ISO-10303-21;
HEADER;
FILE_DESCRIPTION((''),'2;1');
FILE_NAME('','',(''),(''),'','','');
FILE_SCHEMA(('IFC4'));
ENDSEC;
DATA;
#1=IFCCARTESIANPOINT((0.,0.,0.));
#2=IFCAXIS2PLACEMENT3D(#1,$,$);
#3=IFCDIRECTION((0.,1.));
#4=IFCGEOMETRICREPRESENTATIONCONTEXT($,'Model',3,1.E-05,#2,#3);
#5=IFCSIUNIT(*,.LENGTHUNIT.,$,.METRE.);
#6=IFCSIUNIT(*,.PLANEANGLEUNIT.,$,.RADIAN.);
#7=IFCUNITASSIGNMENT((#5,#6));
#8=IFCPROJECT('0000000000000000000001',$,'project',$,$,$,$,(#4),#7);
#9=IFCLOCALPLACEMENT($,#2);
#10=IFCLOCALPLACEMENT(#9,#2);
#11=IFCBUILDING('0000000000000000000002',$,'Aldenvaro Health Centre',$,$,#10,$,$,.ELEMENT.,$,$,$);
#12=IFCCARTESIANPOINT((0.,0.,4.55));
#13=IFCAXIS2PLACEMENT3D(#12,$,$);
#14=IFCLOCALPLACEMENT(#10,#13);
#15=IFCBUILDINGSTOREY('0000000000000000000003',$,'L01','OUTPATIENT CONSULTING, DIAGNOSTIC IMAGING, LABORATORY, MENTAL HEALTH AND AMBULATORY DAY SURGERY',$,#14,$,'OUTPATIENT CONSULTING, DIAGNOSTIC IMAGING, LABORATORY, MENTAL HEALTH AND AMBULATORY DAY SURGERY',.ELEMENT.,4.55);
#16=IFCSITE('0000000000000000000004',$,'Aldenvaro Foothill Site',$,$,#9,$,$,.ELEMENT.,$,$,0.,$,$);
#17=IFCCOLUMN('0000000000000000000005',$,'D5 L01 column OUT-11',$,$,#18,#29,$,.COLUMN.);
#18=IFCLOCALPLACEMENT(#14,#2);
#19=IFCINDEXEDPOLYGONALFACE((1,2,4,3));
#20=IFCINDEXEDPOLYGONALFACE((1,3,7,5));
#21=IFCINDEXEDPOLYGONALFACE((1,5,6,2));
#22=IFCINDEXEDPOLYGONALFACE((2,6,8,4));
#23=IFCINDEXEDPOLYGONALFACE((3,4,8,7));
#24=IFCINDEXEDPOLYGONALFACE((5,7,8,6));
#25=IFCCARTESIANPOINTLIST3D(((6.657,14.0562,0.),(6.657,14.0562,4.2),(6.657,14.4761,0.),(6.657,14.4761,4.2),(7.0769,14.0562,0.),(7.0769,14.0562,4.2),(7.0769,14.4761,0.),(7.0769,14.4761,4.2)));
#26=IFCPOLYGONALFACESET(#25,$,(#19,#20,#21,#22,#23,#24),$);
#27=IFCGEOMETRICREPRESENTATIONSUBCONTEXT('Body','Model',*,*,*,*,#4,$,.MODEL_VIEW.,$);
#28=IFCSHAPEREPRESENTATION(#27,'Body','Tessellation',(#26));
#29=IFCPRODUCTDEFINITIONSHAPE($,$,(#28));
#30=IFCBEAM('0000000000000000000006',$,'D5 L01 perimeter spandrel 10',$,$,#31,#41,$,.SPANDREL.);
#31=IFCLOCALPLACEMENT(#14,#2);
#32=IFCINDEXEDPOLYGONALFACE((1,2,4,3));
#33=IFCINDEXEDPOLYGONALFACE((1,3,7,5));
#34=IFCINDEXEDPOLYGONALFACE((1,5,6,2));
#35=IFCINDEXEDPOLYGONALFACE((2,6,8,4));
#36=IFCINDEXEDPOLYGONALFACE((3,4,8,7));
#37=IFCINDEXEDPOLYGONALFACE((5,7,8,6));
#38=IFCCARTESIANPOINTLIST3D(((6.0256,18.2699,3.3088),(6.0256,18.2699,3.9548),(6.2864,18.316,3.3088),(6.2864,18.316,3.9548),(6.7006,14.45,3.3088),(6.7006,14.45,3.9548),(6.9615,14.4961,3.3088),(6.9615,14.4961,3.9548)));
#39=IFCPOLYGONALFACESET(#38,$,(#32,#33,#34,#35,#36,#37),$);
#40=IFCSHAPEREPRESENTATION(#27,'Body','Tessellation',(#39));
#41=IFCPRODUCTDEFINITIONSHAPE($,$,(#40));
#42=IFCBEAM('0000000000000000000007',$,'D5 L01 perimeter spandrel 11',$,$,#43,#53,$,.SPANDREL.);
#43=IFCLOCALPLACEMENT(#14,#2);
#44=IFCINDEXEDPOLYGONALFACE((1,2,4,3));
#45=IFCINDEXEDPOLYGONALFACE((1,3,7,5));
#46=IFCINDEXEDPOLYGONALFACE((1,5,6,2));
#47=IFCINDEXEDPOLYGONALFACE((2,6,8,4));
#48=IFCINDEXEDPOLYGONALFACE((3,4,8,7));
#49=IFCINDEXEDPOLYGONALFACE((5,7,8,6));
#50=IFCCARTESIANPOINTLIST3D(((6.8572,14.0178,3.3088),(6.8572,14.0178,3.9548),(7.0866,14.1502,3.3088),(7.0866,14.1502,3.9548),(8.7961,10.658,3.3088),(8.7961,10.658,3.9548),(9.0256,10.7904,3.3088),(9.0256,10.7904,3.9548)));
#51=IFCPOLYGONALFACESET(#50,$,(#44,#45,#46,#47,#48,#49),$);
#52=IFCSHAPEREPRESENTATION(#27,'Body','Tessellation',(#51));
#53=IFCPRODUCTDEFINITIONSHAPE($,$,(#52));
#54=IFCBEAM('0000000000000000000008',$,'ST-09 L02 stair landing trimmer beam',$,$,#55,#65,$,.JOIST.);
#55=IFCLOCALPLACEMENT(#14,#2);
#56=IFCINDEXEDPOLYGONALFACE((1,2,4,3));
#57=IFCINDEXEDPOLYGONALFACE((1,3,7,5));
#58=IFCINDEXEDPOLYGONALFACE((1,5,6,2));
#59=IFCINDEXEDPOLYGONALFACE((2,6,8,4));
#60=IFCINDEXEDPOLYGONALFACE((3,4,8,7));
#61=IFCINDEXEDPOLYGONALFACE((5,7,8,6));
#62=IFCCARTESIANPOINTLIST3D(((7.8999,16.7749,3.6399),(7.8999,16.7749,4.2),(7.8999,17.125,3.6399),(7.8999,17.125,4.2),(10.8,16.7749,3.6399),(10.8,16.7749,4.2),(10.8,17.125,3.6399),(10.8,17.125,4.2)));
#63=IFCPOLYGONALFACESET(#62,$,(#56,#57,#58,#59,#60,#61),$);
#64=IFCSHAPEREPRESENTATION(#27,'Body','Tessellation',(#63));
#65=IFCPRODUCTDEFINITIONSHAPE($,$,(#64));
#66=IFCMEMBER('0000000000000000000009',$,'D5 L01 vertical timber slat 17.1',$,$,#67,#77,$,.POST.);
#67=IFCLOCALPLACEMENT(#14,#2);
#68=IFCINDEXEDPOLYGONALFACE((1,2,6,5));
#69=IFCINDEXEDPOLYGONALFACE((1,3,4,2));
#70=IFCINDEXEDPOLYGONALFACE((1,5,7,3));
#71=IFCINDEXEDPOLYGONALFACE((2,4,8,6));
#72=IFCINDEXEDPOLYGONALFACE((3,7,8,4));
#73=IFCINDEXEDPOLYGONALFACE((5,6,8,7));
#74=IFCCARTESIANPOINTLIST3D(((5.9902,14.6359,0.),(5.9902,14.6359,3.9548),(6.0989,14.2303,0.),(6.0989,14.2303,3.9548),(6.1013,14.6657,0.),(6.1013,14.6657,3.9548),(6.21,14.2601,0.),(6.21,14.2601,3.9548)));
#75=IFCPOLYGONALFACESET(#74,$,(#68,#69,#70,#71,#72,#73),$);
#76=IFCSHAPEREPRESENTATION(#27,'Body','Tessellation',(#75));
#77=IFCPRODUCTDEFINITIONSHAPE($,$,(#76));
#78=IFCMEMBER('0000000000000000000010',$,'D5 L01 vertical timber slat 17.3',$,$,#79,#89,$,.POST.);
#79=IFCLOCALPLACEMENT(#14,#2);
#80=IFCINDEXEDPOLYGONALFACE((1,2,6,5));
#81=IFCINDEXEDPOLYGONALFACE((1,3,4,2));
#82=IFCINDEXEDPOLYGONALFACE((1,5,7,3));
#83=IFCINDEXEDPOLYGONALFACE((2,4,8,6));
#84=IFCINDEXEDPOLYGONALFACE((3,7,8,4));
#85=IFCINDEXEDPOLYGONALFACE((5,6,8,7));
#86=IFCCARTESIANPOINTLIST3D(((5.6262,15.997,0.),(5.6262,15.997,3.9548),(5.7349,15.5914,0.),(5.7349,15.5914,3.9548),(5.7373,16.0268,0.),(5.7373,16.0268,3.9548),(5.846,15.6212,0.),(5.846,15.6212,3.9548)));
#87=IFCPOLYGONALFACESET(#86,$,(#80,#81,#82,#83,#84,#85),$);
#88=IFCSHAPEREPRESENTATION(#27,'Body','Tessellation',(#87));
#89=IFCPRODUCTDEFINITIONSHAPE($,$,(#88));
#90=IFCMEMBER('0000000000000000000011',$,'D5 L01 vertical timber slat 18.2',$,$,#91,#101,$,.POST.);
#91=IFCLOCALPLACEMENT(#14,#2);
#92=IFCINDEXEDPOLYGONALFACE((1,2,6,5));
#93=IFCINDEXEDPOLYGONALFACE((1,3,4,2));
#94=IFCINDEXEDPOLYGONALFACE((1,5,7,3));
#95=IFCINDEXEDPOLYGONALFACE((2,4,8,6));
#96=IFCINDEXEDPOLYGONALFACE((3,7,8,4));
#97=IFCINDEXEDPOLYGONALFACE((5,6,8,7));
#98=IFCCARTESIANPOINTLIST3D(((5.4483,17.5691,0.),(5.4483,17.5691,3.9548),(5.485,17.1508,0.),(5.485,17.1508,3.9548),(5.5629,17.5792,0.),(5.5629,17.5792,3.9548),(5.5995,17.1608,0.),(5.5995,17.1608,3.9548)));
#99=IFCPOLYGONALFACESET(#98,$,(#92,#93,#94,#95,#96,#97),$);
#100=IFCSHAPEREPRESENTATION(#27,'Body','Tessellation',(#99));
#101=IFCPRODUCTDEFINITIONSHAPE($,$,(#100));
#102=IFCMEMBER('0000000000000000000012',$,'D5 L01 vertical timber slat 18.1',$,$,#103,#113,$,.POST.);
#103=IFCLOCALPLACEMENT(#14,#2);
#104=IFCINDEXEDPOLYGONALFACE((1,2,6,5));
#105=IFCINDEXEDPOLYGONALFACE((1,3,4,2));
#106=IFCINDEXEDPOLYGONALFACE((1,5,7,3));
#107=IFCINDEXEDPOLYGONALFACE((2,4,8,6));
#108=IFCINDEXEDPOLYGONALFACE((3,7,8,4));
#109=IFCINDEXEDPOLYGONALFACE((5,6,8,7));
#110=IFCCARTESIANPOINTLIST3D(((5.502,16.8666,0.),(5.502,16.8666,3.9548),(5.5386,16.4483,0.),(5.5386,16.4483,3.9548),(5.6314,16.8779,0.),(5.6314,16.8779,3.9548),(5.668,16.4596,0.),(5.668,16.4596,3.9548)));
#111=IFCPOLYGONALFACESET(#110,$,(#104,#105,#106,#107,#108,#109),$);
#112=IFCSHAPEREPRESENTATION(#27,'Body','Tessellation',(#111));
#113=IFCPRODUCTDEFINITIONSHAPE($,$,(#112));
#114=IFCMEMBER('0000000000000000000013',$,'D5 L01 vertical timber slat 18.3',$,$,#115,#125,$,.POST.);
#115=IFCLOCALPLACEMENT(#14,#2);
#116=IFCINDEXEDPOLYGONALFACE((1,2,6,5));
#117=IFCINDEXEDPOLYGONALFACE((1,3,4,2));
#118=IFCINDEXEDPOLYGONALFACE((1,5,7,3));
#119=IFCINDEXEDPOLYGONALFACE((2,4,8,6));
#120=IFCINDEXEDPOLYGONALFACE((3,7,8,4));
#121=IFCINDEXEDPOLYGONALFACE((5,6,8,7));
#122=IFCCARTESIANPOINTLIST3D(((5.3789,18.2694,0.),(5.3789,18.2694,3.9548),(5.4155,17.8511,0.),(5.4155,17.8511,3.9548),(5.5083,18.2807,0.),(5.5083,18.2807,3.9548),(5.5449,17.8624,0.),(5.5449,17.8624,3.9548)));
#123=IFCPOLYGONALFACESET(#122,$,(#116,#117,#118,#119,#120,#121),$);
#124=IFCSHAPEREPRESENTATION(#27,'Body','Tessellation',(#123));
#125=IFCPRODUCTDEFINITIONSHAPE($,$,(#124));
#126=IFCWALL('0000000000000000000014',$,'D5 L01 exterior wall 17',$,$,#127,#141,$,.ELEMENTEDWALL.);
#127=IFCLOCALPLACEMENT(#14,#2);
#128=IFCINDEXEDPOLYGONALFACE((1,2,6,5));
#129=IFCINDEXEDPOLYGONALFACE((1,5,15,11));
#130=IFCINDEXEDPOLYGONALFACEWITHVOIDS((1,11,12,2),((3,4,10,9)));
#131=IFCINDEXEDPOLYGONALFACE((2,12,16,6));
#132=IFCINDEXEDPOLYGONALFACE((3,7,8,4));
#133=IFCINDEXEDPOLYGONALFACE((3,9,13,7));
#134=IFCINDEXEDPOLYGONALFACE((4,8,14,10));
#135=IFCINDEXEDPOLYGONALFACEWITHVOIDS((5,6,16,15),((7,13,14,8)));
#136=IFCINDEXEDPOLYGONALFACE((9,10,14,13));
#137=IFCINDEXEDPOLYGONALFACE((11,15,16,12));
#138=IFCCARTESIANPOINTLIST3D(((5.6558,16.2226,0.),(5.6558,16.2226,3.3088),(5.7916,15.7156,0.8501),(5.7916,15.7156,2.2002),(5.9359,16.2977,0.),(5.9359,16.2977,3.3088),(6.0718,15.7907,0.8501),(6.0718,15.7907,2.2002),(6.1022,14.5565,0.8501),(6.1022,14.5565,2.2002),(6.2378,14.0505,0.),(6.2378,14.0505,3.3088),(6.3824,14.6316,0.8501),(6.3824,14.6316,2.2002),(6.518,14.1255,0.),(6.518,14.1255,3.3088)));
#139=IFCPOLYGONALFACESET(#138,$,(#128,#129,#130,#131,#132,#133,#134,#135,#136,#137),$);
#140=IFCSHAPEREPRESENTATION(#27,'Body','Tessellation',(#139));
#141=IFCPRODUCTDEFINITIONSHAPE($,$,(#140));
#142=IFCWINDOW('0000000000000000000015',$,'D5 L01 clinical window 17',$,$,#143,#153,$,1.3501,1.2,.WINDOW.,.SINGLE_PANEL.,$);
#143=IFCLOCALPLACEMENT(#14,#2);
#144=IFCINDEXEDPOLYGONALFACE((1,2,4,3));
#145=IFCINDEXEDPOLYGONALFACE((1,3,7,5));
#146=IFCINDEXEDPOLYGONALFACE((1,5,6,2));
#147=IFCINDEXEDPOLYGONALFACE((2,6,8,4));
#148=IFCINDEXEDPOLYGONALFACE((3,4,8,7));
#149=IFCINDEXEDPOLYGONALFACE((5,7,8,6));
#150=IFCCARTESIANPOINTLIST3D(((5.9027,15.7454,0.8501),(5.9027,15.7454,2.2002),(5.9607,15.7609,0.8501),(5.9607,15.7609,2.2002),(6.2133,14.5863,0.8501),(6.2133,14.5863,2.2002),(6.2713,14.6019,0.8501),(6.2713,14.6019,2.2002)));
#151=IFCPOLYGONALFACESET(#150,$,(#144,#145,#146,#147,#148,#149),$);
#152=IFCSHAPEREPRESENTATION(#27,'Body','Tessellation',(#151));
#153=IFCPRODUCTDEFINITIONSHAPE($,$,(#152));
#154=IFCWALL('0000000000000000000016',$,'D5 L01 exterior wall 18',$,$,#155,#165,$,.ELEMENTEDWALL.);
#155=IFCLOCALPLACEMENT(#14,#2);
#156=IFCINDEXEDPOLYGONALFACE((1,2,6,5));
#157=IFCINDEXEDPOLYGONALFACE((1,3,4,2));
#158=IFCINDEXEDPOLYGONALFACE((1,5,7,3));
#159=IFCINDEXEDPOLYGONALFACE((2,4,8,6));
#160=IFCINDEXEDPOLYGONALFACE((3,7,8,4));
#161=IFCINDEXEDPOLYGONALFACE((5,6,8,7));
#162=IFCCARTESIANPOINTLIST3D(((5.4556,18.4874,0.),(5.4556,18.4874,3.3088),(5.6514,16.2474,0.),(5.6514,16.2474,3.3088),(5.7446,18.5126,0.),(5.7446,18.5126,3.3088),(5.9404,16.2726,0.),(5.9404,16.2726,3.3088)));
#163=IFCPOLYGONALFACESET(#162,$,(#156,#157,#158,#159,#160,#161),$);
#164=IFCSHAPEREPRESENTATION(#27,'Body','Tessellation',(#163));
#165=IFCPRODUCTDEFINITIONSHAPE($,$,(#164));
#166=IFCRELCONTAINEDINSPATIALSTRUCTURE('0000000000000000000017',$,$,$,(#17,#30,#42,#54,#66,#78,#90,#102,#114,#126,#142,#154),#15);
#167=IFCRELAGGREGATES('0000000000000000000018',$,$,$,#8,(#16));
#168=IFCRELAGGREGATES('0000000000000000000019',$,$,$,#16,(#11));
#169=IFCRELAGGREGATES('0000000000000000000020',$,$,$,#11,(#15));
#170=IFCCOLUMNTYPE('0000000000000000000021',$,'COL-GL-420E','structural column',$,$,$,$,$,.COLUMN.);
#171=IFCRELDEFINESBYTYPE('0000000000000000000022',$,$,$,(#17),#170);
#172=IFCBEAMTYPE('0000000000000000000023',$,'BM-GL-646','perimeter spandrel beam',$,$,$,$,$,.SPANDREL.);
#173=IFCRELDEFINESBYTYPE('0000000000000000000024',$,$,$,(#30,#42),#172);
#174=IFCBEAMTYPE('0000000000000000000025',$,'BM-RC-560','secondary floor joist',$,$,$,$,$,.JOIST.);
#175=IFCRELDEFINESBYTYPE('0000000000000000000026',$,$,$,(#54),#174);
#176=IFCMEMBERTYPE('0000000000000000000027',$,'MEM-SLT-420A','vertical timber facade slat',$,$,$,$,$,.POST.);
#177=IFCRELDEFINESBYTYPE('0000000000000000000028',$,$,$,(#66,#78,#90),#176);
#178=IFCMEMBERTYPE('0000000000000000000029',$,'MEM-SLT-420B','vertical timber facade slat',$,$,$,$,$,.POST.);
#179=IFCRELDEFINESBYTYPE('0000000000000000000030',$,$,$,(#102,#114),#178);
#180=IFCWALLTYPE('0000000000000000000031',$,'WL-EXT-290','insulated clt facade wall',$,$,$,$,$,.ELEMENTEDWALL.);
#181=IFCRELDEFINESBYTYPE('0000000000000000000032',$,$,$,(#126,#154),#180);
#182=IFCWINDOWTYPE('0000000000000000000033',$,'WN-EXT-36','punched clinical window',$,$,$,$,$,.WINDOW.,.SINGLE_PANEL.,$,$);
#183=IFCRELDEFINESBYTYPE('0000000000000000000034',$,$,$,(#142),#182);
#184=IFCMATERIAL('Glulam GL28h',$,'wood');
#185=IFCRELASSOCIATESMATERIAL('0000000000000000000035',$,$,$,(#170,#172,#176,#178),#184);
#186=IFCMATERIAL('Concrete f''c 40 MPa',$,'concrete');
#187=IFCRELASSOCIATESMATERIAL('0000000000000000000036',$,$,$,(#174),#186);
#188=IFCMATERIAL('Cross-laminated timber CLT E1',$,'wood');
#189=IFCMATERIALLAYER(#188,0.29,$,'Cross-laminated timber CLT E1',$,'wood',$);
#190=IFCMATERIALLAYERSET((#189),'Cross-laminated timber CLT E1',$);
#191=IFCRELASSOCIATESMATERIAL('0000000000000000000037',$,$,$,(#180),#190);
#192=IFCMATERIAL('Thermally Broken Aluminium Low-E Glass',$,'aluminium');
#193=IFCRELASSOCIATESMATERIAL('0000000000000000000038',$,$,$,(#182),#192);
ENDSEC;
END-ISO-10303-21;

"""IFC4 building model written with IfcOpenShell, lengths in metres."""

from ifc_helpers import new_model, si_unit, direction, frame, frame_2d, origin, origin_2d, place, context, subcontext, project, spatial, rectangle, extrude, material, layer, layer_set, material_profile, profile_set, type_object, element, fill, save


model = new_model("IFC4")

# Units and contexts
model_context = context("Model", 3, precision=1e-05, world=origin(), true_north=direction((0.0, 1.0)))
body_context = subcontext(model_context, "Body", "Model", "MODEL_VIEW")
ifc_project = project(units=[si_unit("LENGTHUNIT", "METRE"), si_unit("PLANEANGLEUNIT", "RADIAN")], contexts=[model_context])

# Site, building, storey
site_placement = place(None, origin())
site = spatial("IfcSite", under=ifc_project, at=site_placement, Name="Aldenvaro Foothill Site", CompositionType="ELEMENT", RefElevation=0.0)
building_placement = place(site_placement, origin())
building = spatial("IfcBuilding", under=site, at=building_placement, Name="Aldenvaro Health Centre", CompositionType="ELEMENT")
storey_placement = place(building_placement, frame((0.0, 0.0, 4.55)))
storey = spatial("IfcBuildingStorey", under=building, at=storey_placement, Name="L01", Description="OUTPATIENT CONSULTING, DIAGNOSTIC IMAGING, LABORATORY, MENTAL HEALTH AND AMBULATORY DAY SURGERY", LongName="OUTPATIENT CONSULTING, DIAGNOSTIC IMAGING, LABORATORY, MENTAL HEALTH AND AMBULATORY DAY SURGERY", CompositionType="ELEMENT", Elevation=4.55)

# Column
ifc_material_1 = material(Name="Glulam GL28h", Category="wood")
ifc_material_profile_1 = material_profile(ifc_material_1, rectangle(XDim=0.4199, YDim=0.4199, at=origin_2d()), Name="GL 420x420", Category="wood")
ifc_profile_set_1 = profile_set([ifc_material_profile_1], Name="Glulam GL28h")
column_type = type_object("IfcColumnType", Name="COL-GL-420E", Description="structural column", PredefinedType="COLUMN", material=ifc_profile_set_1)
column_placement = place(storey_placement, frame((6.8669, 14.2661, 0.0), z_axis=(0.0, 0.0, 1.0), x_axis=(1.0, 0.0, 0.0)))
element("IfcColumn", 1, at=column_placement, inside=storey, type_object=column_type, Name="D5 L01 column OUT-11", PredefinedType="COLUMN", context=body_context, shape_type="SweptSolid", body=[
    extrude(rectangle(XDim=0.4199, YDim=0.4199, at=origin_2d()), origin(), (0.0, 0.0, 1.0), 4.2),
])

# Beams
ifc_material_profile_2 = material_profile(ifc_material_1, rectangle(XDim=0.2649, YDim=0.646, at=origin_2d()), Name="GL 265x646", Category="wood")
ifc_profile_set_2 = profile_set([ifc_material_profile_2], Name="Glulam GL28h")
beam_type_1 = type_object("IfcBeamType", Name="BM-GL-646", Description="perimeter spandrel beam", PredefinedType="SPANDREL", material=ifc_profile_set_2)
for number, where, z_axis, x_axis, name in (
    (2, (6.156, 18.293, 3.6318), (0.174015, -0.984743, 0.0), (0.984743, 0.174015, 0.0), "D5 L01 perimeter spandrel 10"),
    (3, (6.9719, 14.084, 3.6318), (0.499835, -0.866121, 0.0), (0.866121, 0.499835, 0.0), "D5 L01 perimeter spandrel 11"),
):
    element("IfcBeam", number, at=place(storey_placement, frame(where, z_axis=z_axis, x_axis=x_axis)), inside=storey, type_object=beam_type_1, Name=name, PredefinedType="SPANDREL", context=body_context, shape_type="SweptSolid", body=[
        extrude(rectangle(XDim=0.2649, YDim=0.646, at=origin_2d()), origin(), (0.0, 0.0, 1.0), 3.8792),
    ])
ifc_material_2 = material(Name="Concrete f'c 40 MPa", Category="concrete")
ifc_material_profile_3 = material_profile(ifc_material_2, rectangle(XDim=0.3501, YDim=0.5601, at=origin_2d()), Name="RC 350x560", Category="concrete")
ifc_profile_set_3 = profile_set([ifc_material_profile_3], Name="Concrete f'c 40 MPa")
beam_type_2 = type_object("IfcBeamType", Name="BM-RC-560", Description="secondary floor joist", PredefinedType="JOIST", material=ifc_profile_set_3)
beam_placement = place(storey_placement, frame((10.8, 16.95, 3.9199), z_axis=(-1.0, 0.0, 0.0), x_axis=(0.0, -1.0, 0.0)))
element("IfcBeam", 4, at=beam_placement, inside=storey, type_object=beam_type_2, Name="ST-09 L02 stair landing trimmer beam", PredefinedType="JOIST", context=body_context, shape_type="SweptSolid", body=[
    extrude(rectangle(XDim=0.3501, YDim=0.5601, at=origin_2d()), origin(), (0.0, 0.0, 1.0), 2.9001),
])

# Members
ifc_material_profile_4 = material_profile(ifc_material_1, rectangle(XDim=0.115, YDim=0.4199, at=origin_2d()), Name="GL 115x420", Category="wood")
ifc_profile_set_4 = profile_set([ifc_material_profile_4], Name="Glulam GL28h")
member_type_1 = type_object("IfcMemberType", Name="MEM-SLT-420A", Description="vertical timber facade slat", PredefinedType="POST", material=ifc_profile_set_4)
for number, where, z_axis, x_axis, name in (
    (5, (6.1001, 14.448, 0.0), (0.0, 0.0, 1.0), (-0.965924, -0.258825, 0.0), "D5 L01 vertical timber slat 17.1"),
    (6, (5.7361, 15.8091, 0.0), (0.0, 0.0, 1.0), (-0.965924, -0.258825, 0.0), "D5 L01 vertical timber slat 17.3"),
    (7, (5.5239, 17.365, 0.0), (0.0, 0.0, 1.0), (-0.996194, -0.087167, 0.0), "D5 L01 vertical timber slat 18.2"),
):
    element("IfcMember", number, at=place(storey_placement, frame(where, z_axis=z_axis, x_axis=x_axis)), inside=storey, type_object=member_type_1, Name=name, PredefinedType="POST", context=body_context, shape_type="SweptSolid", body=[
        extrude(rectangle(XDim=0.115, YDim=0.4199, at=origin_2d()), origin(), (0.0, 0.0, 1.0), 3.9548),
    ])
ifc_material_profile_5 = material_profile(ifc_material_1, rectangle(XDim=0.1299, YDim=0.4199, at=origin_2d()), Name="GL 130x420", Category="wood")
ifc_profile_set_5 = profile_set([ifc_material_profile_5], Name="Glulam GL28h")
member_type_2 = type_object("IfcMemberType", Name="MEM-SLT-420B", Description="vertical timber facade slat", PredefinedType="POST", material=ifc_profile_set_5)
for number, where, z_axis, x_axis, name in (
    (8, (5.585, 16.6631, 0.0), (0.0, 0.0, 1.0), (-0.996194, -0.087167, 0.0), "D5 L01 vertical timber slat 18.1"),
    (9, (5.4619, 18.0659, 0.0), (0.0, 0.0, 1.0), (-0.996194, -0.087167, 0.0), "D5 L01 vertical timber slat 18.3"),
):
    element("IfcMember", number, at=place(storey_placement, frame(where, z_axis=z_axis, x_axis=x_axis)), inside=storey, type_object=member_type_2, Name=name, PredefinedType="POST", context=body_context, shape_type="SweptSolid", body=[
        extrude(rectangle(XDim=0.1299, YDim=0.4199, at=origin_2d()), origin(), (0.0, 0.0, 1.0), 3.9548),
    ])

# Wall, opening, window
ifc_material_3 = material(Name="Cross-laminated timber CLT E1", Category="wood")
ifc_layer_1 = layer(ifc_material_3, 0.29, Name="Cross-laminated timber CLT E1", Category="wood")
ifc_layer_set_1 = layer_set([ifc_layer_1], Name="Cross-laminated timber CLT E1")
wall_type_1 = type_object("IfcWallType", Name="WL-EXT-290", Description="insulated clt facade wall", PredefinedType="ELEMENTEDWALL", material=ifc_layer_set_1)
wall_1_placement = place(storey_placement, frame((6.3779, 14.0879, 0.0), z_axis=(0.0, 0.0, 1.0), x_axis=(-0.258825, 0.965924, 0.0)))
wall_1 = element("IfcWall", 10, at=wall_1_placement, inside=storey, type_object=wall_type_1, Name="D5 L01 exterior wall 17", PredefinedType="ELEMENTEDWALL", context=body_context, shape_type="SweptSolid", body=[
    extrude(rectangle(XDim=2.2488, YDim=0.29, at=frame_2d((1.1245, 0.0))), origin(), (0.0, 0.0, 1.0), 3.3088),
])
opening_1_placement = place(wall_1_placement, frame((0.5239, 0.0, 0.8501)))
opening_1 = element("IfcOpeningElement", 11, at=opening_1_placement, cuts=wall_1, PredefinedType="OPENING", context=body_context, shape_type="SweptSolid", body=[
    extrude(rectangle(XDim=1.2, YDim=1.3501, at=frame_2d((0.6001, 0.675))), frame((0.0, 0.155, 0.0), z_axis=(0.0, -1.0, 0.0), x_axis=(1.0, 0.0, 0.0)), (0.0, 0.0, 1.0), 0.3101),
])
ifc_material_4 = material(Name="Thermally Broken Aluminium Low-E Glass", Category="aluminium")
window_type = type_object("IfcWindowType", Name="WN-EXT-36", Description="punched clinical window", PartitioningType="SINGLE_PANEL", PredefinedType="WINDOW", material=ifc_material_4)
window_placement = place(opening_1_placement, origin())
window = element("IfcWindow", 12, at=window_placement, inside=storey, type_object=window_type, Name="D5 L01 clinical window 17", OverallHeight=1.3501, OverallWidth=1.2, PartitioningType="SINGLE_PANEL", PredefinedType="WINDOW", context=body_context, shape_type="SweptSolid", body=[
    extrude(rectangle(XDim=1.2, YDim=1.3501, at=frame_2d((0.6001, 0.675))), frame((0.0, 0.03, 0.0), z_axis=(0.0, -1.0, 0.0), x_axis=(1.0, 0.0, 0.0)), (0.0, 0.0, 1.0), 0.0601),
])
fill(opening_1, window)

# Wall
wall_2_placement = place(storey_placement, frame((5.7959, 16.26, 0.0), z_axis=(0.0, 0.0, 1.0), x_axis=(-0.087079, 0.996201, 0.0)))
element("IfcWall", 13, at=wall_2_placement, inside=storey, type_object=wall_type_1, Name="D5 L01 exterior wall 18", PredefinedType="ELEMENTEDWALL", context=body_context, shape_type="SweptSolid", body=[
    extrude(rectangle(XDim=2.2485, YDim=0.29, at=frame_2d((1.1243, 0.0))), origin(), (0.0, 0.0, 1.0), 3.3088),
])

save(model, "model.ifc")
